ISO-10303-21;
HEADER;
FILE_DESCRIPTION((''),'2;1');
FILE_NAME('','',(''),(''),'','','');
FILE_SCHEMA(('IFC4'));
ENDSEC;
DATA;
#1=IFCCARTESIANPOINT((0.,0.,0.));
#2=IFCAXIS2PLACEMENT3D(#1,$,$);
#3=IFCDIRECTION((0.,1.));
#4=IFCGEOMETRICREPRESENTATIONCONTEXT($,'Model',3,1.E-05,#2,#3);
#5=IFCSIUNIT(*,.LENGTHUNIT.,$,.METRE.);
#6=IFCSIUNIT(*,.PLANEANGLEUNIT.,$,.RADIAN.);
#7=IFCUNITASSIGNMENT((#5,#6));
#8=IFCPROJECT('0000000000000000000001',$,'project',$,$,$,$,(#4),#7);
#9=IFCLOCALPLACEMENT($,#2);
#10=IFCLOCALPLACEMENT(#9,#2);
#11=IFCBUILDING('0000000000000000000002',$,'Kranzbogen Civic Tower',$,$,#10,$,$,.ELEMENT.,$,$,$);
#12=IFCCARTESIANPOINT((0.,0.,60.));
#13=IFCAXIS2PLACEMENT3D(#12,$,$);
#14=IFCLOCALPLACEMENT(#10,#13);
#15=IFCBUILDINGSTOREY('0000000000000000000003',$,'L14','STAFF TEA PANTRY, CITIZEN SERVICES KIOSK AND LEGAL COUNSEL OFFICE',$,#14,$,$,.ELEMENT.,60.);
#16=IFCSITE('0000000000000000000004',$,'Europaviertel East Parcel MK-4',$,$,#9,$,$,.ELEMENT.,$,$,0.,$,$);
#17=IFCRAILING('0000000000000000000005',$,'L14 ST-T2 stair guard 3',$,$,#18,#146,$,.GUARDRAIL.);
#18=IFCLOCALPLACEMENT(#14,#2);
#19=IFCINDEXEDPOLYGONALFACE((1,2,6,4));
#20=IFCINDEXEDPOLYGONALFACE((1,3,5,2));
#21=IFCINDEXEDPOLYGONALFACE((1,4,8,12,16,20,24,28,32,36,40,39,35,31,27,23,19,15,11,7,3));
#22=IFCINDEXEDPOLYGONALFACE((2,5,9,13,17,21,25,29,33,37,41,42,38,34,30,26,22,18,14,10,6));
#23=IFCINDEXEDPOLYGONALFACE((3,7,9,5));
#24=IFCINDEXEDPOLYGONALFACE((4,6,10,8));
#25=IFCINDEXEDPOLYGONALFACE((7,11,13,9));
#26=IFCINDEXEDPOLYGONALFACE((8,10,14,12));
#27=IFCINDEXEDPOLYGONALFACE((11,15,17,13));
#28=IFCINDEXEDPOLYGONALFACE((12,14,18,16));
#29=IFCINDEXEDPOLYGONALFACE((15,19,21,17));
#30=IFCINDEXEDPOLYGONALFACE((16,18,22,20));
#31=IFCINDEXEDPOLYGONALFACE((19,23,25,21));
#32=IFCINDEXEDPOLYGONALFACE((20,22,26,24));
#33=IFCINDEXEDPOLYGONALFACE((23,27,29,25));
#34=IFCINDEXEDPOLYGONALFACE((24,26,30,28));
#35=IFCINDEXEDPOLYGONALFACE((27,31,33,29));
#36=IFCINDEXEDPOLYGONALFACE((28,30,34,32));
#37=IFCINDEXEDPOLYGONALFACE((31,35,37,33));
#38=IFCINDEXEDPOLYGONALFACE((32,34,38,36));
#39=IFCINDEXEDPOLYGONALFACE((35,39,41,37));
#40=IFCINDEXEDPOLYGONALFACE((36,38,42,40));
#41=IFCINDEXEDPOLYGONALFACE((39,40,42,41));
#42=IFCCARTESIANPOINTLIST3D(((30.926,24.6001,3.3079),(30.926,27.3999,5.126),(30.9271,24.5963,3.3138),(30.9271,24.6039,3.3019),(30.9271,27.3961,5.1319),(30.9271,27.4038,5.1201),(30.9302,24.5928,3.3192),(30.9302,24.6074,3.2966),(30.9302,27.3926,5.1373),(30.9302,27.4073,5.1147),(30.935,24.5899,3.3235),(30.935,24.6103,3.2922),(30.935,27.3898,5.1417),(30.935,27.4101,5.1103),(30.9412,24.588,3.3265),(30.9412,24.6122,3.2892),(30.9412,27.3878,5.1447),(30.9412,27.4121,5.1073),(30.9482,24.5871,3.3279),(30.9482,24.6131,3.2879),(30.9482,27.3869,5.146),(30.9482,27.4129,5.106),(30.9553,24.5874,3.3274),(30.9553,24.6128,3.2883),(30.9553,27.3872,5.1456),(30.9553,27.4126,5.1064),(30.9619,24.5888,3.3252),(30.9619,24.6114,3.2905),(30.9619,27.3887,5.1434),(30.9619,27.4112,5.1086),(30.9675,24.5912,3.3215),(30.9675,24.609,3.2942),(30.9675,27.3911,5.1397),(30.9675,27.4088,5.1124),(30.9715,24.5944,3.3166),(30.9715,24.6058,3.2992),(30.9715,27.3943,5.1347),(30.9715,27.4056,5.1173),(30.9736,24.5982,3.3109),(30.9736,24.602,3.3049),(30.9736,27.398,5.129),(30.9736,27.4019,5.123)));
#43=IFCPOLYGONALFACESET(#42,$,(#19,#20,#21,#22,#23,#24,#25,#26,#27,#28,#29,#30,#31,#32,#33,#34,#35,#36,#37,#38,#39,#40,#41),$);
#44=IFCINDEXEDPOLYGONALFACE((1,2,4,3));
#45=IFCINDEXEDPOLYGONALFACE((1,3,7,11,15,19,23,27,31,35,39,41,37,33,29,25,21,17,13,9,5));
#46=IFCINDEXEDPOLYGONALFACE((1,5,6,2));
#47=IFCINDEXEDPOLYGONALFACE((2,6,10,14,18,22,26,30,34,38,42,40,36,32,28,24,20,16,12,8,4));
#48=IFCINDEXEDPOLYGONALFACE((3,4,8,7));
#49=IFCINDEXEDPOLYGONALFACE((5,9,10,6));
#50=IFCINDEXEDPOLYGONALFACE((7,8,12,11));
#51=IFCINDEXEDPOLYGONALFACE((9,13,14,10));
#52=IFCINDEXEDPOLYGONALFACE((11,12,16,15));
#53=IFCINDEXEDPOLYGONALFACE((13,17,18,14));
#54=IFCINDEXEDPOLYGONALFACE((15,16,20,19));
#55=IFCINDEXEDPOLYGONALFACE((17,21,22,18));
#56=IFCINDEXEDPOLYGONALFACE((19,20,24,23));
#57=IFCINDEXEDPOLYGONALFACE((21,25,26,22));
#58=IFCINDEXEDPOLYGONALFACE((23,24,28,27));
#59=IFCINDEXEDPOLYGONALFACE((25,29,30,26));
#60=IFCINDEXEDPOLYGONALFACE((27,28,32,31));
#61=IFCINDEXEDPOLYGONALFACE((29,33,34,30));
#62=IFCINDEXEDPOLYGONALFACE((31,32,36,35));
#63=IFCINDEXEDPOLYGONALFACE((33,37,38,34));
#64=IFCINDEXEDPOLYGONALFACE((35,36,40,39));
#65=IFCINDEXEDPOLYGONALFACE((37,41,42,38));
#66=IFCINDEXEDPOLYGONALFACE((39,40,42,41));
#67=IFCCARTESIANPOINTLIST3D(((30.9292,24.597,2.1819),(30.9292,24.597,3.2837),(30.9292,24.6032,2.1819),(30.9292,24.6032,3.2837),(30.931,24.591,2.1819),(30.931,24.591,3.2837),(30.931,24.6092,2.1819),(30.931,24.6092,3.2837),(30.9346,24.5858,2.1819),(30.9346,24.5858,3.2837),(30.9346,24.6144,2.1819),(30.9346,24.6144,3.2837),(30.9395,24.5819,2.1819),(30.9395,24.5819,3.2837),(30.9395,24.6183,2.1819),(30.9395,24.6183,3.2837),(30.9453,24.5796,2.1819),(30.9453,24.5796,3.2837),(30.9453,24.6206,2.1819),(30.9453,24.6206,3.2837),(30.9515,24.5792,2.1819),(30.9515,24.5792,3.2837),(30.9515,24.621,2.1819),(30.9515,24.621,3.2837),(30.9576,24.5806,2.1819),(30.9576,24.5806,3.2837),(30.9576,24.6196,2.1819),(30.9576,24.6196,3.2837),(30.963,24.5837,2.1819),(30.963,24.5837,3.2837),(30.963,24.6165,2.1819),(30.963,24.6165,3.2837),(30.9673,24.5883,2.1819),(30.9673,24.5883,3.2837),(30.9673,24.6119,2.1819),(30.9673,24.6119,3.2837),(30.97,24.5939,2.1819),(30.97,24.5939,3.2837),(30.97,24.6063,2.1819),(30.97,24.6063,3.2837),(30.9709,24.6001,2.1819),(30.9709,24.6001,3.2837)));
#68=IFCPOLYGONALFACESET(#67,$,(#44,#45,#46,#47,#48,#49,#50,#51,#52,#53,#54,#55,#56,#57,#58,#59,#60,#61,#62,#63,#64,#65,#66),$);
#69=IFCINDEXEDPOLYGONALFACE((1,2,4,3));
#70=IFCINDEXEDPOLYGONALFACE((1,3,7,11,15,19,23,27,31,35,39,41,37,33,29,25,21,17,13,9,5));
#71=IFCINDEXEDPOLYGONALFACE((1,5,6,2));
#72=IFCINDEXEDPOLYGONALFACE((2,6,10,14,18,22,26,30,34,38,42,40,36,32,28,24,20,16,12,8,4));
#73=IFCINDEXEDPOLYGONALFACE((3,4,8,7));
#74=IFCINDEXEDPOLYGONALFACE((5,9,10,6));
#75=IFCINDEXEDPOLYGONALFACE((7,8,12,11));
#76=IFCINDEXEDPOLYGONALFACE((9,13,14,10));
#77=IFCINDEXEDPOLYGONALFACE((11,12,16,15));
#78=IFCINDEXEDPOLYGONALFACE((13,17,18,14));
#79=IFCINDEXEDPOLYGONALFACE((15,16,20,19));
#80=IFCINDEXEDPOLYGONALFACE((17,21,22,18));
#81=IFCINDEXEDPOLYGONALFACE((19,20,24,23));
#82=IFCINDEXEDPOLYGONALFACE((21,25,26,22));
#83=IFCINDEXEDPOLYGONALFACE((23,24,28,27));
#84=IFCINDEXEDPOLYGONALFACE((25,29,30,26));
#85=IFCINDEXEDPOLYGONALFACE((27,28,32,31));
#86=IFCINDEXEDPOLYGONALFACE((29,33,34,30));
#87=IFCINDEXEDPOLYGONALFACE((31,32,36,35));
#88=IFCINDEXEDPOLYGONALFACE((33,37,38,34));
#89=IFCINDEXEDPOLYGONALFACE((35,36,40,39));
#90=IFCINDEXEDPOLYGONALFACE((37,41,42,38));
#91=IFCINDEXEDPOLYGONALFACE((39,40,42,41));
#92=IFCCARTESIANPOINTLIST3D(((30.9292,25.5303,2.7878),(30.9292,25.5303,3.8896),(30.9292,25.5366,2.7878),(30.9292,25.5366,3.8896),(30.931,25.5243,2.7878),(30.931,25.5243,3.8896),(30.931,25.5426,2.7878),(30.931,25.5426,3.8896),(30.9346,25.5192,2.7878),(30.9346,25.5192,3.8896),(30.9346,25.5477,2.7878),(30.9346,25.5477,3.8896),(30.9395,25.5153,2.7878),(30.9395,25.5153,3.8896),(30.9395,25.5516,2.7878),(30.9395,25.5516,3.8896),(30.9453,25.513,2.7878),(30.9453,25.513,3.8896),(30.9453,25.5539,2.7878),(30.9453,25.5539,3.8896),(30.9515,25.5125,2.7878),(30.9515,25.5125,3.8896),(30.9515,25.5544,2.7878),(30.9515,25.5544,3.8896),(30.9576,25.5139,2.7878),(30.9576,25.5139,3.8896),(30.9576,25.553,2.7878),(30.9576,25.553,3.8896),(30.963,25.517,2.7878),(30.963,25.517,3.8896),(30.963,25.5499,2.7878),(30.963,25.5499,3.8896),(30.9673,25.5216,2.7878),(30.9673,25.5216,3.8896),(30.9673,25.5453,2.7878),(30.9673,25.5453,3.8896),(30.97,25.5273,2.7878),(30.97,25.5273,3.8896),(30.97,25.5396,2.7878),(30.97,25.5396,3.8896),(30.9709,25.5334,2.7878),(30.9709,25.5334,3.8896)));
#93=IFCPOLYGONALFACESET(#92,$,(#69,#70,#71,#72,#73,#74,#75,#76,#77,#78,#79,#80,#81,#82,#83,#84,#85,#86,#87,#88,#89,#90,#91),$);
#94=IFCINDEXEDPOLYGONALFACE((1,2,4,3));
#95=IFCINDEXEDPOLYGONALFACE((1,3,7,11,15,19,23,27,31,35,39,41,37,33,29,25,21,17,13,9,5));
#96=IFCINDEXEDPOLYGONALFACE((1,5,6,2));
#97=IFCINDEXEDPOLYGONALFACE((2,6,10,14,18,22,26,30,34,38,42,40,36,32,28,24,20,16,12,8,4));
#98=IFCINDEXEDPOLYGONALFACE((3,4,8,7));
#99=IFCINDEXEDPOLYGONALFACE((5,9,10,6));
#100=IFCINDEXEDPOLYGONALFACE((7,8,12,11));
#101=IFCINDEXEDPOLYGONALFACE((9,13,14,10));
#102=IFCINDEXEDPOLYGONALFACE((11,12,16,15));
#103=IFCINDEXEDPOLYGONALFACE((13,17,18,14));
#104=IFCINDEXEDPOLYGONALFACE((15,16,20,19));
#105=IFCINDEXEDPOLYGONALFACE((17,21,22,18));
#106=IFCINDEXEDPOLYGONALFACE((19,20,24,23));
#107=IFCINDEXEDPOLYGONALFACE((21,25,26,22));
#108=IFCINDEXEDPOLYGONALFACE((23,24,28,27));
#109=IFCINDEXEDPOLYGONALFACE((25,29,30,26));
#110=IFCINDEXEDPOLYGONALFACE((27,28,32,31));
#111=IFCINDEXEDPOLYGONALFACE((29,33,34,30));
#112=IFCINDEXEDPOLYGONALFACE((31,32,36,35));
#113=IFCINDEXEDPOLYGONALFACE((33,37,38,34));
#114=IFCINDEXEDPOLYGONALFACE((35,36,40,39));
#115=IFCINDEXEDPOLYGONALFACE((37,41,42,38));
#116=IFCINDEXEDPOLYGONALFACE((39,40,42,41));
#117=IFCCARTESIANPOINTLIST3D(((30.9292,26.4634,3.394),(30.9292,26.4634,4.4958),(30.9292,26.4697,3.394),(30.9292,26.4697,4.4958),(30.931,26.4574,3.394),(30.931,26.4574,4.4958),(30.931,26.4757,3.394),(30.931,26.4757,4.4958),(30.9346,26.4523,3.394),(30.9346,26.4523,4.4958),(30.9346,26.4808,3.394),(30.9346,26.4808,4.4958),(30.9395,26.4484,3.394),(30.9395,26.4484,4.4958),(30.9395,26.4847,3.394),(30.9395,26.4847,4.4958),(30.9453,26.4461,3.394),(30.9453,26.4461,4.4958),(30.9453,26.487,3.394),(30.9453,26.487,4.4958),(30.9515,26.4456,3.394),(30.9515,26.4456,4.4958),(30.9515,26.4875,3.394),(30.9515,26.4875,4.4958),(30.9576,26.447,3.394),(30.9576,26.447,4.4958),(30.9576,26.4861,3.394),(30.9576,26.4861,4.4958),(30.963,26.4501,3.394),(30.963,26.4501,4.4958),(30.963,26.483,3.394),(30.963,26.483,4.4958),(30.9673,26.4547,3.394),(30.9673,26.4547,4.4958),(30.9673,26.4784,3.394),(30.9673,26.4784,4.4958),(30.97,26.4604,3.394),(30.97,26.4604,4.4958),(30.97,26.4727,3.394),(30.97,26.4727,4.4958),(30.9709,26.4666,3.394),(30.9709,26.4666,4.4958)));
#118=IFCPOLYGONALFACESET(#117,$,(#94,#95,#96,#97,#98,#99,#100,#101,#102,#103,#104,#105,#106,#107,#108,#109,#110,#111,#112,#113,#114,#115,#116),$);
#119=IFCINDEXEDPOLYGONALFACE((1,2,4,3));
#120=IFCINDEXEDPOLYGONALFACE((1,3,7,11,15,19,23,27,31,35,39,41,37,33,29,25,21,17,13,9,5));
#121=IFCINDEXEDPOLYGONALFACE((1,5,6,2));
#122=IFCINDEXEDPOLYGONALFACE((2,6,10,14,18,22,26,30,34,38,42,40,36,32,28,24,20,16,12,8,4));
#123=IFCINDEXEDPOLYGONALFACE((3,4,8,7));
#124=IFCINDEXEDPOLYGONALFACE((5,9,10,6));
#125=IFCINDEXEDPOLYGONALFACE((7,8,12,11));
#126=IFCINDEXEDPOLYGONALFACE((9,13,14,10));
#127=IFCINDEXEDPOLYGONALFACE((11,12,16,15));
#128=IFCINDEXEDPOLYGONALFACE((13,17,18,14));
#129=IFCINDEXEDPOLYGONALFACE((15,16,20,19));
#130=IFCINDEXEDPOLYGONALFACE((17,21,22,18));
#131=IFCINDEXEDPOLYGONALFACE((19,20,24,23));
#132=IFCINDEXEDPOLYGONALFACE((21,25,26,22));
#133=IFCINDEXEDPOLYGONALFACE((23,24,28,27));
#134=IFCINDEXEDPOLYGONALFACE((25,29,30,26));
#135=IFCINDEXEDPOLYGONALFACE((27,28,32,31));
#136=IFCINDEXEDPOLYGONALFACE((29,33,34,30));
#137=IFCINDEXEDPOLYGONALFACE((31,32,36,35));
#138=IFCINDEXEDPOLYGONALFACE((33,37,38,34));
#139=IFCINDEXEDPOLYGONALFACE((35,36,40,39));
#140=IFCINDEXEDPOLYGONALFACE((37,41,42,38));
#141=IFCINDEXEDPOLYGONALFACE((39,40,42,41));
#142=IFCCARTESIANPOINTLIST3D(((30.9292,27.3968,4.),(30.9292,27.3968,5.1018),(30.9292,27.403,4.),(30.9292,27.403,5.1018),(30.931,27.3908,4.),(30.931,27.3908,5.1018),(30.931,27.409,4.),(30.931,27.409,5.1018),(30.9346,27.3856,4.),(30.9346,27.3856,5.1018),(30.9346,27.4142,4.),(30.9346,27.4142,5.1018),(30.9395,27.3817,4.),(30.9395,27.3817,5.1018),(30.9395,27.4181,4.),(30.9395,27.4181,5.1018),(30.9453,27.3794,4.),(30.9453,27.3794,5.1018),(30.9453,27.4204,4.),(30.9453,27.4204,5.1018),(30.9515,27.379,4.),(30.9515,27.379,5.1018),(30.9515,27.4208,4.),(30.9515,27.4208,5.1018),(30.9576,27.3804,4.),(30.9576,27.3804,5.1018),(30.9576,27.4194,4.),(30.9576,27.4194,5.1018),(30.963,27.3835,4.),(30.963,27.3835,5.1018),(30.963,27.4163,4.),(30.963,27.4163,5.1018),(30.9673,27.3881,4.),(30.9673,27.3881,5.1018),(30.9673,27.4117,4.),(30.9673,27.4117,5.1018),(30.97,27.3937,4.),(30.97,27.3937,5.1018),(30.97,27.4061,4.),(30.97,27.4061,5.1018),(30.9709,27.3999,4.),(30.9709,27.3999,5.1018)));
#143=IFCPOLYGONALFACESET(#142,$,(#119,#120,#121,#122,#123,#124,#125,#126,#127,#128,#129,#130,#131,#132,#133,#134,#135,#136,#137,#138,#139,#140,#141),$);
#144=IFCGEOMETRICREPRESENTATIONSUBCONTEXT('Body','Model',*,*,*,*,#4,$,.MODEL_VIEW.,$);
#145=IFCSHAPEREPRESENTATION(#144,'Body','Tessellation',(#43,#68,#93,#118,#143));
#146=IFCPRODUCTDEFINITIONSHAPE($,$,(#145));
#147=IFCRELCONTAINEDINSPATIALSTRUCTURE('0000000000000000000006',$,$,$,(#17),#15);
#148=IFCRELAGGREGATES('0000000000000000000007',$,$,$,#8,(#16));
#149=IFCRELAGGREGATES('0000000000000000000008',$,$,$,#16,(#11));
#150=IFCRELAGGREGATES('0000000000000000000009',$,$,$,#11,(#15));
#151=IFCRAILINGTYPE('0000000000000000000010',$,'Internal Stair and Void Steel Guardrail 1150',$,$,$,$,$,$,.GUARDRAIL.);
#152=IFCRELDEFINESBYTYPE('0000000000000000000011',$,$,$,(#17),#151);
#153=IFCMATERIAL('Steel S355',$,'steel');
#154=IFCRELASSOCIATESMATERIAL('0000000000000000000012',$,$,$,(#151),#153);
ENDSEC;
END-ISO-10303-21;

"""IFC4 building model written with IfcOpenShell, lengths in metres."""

from ifc_helpers import new_model, si_unit, direction, frame, origin, origin_2d, place, context, subcontext, project, spatial, circle, extrude, material, type_object, element, save


model = new_model("IFC4")

# Units and contexts
model_context = context("Model", 3, precision=1e-05, world=origin(), true_north=direction((0.0, 1.0)))
body_context = subcontext(model_context, "Body", "Model", "MODEL_VIEW")
ifc_project = project(units=[si_unit("LENGTHUNIT", "METRE"), si_unit("PLANEANGLEUNIT", "RADIAN")], contexts=[model_context])

# Site, building, storey
site_placement = place(None, origin())
site = spatial("IfcSite", under=ifc_project, at=site_placement, Name="Europaviertel East Parcel MK-4", CompositionType="ELEMENT", RefElevation=0.0)
building_placement = place(site_placement, origin())
building = spatial("IfcBuilding", under=site, at=building_placement, Name="Kranzbogen Civic Tower", CompositionType="ELEMENT")
storey_placement = place(building_placement, frame((0.0, 0.0, 60.0)))
storey = spatial("IfcBuildingStorey", under=building, at=storey_placement, Name="L14", Description="STAFF TEA PANTRY, CITIZEN SERVICES KIOSK AND LEGAL COUNSEL OFFICE", CompositionType="ELEMENT", Elevation=60.0)

# Shared definitions
ifc_material_1 = material(Name="Steel S355", Category="steel")

# Railing
railing_type = type_object("IfcRailingType", Name="Internal Stair and Void Steel Guardrail 1150", PredefinedType="GUARDRAIL", material=ifc_material_1)
railing_1_placement = place(storey_placement, frame((30.95, 24.6001, 2.1819)))
element("IfcRailing", 1, at=railing_1_placement, inside=storey, type_object=railing_type, Name="L14 ST-T2 stair guard 3", PredefinedType="GUARDRAIL", context=body_context, shape_type="SweptSolid", body=[
    extrude(circle(Radius=0.0239, at=origin_2d()), frame((0.0, 0.0, 1.126), z_axis=(0.0, 0.838684, 0.544618), x_axis=(-1.0, 0.0, 0.0)), (0.0, 0.0, 1.0), 3.3384),
    extrude(circle(Radius=0.021, at=origin_2d()), origin(), (0.0, 0.0, 1.0), 1.1018),
    extrude(circle(Radius=0.021, at=origin_2d()), frame((0.0, 0.9333, 0.606)), (0.0, 0.0, 1.0), 1.1018),
    extrude(circle(Radius=0.021, at=origin_2d()), frame((0.0, 1.8665, 1.2122)), (0.0, 0.0, 1.0), 1.1018),
    extrude(circle(Radius=0.021, at=origin_2d()), frame((0.0, 2.7998, 1.8181)), (0.0, 0.0, 1.0), 1.1018),
])

save(model, "model.ifc")
